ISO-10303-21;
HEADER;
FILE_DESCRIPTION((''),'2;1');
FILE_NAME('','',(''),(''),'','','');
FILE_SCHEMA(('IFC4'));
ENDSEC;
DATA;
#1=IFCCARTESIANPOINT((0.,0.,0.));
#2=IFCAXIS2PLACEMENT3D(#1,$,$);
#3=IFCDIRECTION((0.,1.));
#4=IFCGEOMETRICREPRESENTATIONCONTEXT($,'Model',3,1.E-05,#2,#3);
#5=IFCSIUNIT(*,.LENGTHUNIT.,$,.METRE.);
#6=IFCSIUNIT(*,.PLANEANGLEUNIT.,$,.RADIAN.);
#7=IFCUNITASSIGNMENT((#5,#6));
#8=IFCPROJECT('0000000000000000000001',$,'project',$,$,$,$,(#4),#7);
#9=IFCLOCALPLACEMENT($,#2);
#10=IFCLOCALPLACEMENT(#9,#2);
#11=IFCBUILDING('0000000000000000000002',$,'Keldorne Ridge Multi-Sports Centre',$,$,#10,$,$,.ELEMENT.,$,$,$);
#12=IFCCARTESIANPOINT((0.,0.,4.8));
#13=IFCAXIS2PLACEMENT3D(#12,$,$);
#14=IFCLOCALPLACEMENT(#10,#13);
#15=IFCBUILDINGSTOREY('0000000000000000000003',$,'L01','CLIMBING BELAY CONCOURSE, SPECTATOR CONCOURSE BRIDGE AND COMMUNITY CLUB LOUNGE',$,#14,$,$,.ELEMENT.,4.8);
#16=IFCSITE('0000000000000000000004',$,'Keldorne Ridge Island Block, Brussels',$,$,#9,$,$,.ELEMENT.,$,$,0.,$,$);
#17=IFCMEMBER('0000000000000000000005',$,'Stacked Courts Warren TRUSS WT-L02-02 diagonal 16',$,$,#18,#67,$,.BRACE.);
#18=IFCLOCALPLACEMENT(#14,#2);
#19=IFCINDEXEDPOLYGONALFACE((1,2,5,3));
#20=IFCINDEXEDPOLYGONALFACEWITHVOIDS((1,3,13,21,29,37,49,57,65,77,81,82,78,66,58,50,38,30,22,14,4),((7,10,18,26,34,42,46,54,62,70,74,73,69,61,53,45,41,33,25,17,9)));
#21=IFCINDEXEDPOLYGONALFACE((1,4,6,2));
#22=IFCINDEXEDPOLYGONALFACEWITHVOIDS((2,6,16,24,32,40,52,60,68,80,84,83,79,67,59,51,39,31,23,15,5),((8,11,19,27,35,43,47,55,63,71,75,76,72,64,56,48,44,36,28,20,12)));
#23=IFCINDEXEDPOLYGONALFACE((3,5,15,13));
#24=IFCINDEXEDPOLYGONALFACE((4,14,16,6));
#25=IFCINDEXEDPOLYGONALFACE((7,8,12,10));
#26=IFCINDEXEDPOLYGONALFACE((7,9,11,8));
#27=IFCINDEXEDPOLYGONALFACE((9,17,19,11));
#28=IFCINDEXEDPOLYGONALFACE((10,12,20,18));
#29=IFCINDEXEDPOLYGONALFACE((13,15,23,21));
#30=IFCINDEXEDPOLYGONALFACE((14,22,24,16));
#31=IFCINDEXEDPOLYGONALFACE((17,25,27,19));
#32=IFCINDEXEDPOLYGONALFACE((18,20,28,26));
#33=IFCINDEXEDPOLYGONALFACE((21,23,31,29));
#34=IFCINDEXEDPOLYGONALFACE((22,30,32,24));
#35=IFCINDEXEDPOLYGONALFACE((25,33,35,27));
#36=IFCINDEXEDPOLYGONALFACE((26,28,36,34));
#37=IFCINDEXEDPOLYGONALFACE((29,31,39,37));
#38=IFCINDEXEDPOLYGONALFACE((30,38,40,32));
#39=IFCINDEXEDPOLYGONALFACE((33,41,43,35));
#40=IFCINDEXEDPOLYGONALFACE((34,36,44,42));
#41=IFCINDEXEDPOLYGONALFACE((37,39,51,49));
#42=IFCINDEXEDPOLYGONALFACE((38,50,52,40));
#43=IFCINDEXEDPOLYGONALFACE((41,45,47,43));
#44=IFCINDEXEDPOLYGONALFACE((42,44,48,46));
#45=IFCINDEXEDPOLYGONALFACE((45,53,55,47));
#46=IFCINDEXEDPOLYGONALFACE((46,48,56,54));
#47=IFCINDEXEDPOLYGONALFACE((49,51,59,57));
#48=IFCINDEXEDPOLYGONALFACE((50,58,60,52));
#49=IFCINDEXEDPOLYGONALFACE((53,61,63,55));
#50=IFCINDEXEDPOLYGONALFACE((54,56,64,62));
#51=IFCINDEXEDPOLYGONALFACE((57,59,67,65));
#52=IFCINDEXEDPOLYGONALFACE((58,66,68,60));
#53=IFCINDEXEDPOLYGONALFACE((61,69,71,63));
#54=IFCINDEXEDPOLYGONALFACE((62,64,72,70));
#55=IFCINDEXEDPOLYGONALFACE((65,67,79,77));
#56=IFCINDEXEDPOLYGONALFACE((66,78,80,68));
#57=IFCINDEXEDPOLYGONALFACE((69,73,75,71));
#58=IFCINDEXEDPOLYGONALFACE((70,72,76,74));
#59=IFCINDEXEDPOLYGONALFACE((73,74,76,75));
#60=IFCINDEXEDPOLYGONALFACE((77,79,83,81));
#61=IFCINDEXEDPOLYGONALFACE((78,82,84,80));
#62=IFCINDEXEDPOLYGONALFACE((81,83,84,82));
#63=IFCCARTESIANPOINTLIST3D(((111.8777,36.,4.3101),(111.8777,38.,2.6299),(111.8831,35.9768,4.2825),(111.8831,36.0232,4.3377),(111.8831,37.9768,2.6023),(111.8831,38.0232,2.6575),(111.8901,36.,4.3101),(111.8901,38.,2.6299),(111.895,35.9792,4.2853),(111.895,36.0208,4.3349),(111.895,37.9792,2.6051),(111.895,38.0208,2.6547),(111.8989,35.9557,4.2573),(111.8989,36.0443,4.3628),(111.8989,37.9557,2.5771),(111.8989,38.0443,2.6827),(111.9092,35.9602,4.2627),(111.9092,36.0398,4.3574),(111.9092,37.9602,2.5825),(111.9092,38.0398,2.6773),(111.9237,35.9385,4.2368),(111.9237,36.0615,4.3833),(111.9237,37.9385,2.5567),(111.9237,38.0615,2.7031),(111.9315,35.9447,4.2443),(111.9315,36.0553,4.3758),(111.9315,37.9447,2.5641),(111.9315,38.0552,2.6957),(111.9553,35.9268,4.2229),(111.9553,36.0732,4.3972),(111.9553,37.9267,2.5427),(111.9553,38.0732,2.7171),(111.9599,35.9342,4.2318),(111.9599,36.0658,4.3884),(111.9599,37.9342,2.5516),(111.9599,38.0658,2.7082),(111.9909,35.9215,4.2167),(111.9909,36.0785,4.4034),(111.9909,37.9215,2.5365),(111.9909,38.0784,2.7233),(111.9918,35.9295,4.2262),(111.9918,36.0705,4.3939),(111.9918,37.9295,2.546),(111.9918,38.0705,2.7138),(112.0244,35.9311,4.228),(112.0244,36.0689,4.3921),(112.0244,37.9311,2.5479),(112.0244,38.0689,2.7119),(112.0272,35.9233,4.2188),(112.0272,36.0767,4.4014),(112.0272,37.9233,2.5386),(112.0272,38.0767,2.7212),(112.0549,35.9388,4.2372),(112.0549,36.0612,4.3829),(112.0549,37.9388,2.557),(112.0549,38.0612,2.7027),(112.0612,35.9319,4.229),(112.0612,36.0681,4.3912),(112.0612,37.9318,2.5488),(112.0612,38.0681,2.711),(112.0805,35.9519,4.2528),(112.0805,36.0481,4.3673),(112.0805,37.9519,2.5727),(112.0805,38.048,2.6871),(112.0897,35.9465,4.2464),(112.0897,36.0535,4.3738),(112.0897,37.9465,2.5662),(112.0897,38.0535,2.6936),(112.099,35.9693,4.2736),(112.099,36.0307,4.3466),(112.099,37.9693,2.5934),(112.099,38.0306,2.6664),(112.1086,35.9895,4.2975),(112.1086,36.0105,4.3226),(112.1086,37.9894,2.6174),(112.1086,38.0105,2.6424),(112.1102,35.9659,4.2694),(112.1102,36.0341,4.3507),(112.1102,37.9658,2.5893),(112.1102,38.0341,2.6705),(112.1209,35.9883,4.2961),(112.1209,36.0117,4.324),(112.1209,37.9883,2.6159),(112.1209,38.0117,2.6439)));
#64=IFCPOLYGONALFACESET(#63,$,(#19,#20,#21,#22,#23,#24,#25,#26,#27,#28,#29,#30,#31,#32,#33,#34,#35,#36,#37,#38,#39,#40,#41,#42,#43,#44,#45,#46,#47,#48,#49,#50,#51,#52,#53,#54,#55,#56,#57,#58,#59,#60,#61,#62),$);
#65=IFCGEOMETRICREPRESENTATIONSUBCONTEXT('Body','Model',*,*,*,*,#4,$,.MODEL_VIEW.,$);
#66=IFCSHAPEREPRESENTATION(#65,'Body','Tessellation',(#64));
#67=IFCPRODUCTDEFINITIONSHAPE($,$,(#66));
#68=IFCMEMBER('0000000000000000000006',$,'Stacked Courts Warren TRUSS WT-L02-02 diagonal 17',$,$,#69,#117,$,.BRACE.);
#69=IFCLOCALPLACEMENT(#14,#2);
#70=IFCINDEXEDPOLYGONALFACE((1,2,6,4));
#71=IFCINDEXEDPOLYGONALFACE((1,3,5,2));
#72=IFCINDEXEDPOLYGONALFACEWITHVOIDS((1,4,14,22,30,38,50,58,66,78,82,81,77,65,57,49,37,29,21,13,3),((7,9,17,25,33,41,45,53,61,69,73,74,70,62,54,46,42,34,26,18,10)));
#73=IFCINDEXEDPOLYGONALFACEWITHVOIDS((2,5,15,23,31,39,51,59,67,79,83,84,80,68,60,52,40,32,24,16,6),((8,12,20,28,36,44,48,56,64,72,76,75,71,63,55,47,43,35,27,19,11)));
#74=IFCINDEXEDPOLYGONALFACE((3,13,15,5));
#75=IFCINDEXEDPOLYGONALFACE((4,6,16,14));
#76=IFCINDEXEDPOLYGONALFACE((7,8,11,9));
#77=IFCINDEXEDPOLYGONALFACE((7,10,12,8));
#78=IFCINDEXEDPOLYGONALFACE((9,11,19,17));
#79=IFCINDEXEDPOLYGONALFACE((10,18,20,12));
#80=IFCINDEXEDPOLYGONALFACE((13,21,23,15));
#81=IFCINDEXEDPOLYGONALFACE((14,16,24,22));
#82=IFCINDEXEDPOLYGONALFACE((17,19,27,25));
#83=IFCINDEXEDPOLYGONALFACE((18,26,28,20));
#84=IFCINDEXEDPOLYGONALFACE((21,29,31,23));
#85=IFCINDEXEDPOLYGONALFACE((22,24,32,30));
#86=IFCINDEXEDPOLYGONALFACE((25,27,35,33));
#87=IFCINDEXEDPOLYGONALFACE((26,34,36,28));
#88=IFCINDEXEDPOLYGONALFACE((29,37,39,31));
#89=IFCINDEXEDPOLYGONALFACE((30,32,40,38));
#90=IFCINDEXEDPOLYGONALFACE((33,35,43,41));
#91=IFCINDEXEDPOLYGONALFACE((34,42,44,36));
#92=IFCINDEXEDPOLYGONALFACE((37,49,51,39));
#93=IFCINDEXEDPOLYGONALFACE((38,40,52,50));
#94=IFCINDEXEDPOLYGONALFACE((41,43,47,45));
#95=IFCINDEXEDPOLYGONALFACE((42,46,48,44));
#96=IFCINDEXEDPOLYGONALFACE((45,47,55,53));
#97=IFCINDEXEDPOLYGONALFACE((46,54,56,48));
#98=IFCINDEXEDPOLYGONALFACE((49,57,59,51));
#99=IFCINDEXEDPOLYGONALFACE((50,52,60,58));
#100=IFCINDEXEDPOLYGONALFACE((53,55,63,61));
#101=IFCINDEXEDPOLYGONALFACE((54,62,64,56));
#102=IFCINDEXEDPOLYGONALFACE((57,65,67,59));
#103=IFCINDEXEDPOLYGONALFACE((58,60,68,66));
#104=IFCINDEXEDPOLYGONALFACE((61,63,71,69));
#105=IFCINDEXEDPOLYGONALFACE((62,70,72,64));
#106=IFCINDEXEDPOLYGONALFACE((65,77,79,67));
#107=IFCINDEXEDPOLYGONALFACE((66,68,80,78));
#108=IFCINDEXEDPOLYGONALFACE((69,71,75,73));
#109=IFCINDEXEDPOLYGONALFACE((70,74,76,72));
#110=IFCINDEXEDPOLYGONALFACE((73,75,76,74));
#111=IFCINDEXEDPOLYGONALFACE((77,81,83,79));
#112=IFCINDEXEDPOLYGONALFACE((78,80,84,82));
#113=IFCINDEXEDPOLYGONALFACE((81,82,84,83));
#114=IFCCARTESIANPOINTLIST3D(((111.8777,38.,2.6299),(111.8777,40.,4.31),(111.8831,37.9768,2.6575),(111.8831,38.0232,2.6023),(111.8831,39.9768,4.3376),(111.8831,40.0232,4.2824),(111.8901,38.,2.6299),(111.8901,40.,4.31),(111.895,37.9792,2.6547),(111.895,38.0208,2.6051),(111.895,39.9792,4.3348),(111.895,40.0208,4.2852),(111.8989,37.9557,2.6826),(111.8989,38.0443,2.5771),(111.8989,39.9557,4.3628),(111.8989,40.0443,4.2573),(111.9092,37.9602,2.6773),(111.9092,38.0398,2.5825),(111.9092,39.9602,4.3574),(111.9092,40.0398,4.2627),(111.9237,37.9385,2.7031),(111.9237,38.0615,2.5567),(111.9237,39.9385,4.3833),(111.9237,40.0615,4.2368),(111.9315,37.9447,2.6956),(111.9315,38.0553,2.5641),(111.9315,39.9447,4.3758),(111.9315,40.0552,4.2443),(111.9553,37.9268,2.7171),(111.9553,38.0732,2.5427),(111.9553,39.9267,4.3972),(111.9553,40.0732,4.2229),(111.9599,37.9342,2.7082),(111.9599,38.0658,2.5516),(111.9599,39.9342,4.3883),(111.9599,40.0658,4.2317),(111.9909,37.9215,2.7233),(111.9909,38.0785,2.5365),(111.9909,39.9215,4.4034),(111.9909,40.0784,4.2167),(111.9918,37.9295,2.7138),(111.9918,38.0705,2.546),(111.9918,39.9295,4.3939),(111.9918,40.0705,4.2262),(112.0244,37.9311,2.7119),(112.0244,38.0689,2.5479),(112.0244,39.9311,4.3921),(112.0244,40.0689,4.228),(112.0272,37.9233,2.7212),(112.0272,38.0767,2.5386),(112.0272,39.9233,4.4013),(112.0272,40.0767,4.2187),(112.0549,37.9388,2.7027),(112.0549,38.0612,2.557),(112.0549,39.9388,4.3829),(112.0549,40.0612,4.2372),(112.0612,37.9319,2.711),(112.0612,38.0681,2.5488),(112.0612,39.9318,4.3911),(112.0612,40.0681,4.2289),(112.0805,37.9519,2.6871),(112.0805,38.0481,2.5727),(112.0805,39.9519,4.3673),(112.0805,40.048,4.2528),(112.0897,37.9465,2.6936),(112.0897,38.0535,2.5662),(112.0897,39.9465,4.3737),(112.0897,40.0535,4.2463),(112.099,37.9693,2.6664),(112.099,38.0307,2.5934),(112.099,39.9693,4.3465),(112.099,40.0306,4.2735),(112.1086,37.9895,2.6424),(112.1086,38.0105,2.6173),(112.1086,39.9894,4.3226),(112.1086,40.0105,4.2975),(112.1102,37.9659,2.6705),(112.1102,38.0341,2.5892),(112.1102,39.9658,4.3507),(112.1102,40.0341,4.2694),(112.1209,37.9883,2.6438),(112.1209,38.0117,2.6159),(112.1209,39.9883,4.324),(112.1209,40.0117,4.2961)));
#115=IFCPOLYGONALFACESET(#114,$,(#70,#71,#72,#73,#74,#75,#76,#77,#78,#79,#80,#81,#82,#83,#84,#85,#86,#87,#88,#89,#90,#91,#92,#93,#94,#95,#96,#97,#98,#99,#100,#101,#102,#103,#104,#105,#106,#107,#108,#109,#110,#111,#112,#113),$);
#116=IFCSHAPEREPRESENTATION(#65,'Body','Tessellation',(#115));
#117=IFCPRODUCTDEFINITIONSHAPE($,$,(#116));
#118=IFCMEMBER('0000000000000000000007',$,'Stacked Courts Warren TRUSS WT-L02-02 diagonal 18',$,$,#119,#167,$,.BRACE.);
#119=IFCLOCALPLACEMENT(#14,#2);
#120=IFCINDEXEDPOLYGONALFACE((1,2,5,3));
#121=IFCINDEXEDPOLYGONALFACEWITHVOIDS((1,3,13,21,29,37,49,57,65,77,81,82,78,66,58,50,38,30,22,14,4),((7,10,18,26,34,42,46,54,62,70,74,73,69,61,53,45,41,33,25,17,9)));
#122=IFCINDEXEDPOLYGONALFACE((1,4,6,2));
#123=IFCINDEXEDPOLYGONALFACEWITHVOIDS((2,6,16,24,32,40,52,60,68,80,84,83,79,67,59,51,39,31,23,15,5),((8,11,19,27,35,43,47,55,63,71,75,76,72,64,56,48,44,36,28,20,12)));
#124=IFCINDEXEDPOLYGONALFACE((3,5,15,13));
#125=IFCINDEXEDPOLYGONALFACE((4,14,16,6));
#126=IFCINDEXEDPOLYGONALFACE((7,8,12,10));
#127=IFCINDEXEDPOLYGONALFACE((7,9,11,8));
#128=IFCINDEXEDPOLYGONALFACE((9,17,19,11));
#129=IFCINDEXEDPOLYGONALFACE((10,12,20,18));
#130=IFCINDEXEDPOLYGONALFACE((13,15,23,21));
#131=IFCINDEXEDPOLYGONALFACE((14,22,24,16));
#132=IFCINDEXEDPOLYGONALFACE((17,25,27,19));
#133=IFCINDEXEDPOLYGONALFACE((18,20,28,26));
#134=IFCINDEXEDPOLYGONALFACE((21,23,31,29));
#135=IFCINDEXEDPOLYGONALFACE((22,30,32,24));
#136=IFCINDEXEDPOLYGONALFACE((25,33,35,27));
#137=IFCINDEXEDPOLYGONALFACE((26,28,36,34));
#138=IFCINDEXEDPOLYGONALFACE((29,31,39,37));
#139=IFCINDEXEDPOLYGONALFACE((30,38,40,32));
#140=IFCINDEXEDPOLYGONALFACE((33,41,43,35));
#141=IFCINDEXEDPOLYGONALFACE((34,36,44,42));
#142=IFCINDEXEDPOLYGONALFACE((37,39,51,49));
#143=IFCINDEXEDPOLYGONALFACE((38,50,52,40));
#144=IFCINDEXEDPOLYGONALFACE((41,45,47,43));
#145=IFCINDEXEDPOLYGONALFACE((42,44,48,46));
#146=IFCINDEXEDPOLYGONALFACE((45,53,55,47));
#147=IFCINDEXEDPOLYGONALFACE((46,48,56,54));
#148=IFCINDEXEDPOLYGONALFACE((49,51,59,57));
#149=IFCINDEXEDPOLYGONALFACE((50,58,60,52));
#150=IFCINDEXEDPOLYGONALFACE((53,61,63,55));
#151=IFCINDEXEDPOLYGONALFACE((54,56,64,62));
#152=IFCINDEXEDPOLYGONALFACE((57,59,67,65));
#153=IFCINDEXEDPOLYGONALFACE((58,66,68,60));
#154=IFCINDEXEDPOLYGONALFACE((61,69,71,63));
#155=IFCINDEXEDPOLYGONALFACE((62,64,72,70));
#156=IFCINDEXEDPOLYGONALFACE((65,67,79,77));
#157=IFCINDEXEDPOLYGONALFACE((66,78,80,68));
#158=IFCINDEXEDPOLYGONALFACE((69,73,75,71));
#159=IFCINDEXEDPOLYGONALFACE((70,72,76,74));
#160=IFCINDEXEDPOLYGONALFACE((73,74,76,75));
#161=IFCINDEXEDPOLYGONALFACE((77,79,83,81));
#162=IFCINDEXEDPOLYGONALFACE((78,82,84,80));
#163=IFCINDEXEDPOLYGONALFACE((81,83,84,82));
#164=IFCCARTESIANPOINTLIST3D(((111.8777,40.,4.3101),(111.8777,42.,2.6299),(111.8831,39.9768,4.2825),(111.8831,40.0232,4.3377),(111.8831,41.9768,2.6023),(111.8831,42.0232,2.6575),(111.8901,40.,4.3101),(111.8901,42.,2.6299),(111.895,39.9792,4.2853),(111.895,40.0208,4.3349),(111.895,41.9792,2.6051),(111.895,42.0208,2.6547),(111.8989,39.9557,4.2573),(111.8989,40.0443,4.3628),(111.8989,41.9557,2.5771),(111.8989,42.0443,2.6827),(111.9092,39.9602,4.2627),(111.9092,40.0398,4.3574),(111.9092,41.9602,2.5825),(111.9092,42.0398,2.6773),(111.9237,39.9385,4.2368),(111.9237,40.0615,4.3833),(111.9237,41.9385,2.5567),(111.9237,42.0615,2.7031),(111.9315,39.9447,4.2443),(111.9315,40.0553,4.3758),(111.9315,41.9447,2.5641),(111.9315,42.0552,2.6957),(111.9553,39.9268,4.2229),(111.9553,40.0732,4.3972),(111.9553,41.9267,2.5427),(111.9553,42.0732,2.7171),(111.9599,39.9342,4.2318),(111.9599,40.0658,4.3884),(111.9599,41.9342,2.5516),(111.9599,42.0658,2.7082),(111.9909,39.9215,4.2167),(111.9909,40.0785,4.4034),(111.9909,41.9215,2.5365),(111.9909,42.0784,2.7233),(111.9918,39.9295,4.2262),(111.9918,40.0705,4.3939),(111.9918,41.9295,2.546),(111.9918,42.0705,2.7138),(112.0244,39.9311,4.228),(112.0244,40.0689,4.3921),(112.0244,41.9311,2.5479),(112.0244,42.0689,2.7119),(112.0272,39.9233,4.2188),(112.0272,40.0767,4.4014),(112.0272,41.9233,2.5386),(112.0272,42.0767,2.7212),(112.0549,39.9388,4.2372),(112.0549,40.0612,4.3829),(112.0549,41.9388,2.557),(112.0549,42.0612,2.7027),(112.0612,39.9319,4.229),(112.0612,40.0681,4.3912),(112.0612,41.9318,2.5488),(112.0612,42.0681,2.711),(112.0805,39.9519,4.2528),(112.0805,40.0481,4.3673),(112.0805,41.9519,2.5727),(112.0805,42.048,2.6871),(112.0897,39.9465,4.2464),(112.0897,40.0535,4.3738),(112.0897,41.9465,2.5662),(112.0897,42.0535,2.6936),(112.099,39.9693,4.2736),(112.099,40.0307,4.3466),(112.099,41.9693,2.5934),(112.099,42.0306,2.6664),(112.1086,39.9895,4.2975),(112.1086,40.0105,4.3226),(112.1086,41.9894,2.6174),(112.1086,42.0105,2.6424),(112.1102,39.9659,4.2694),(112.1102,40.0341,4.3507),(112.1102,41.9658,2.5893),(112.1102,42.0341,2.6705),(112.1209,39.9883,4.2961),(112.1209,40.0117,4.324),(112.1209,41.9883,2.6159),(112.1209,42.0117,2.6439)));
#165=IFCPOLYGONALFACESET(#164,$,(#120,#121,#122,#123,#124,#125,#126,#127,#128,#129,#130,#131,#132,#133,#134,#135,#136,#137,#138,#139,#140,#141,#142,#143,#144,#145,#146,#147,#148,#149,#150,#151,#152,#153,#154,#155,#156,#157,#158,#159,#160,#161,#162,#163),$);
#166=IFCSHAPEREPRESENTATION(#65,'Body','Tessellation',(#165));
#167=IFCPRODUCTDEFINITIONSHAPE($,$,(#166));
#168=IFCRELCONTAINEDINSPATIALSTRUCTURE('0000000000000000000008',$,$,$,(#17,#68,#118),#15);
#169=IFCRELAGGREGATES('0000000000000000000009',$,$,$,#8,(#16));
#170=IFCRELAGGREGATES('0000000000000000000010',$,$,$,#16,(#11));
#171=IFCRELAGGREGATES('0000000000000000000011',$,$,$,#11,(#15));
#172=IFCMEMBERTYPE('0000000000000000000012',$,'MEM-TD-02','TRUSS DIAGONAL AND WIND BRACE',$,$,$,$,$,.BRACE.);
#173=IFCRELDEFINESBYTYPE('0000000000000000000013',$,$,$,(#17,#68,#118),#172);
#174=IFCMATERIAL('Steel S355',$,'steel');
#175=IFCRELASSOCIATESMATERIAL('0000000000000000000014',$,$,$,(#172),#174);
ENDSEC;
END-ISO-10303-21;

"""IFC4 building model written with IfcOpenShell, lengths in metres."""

from ifc_helpers import new_model, si_unit, direction, frame, origin, origin_2d, place, context, subcontext, project, spatial, hollow_circle, extrude, material, material_profile, profile_set, type_object, element, save


model = new_model("IFC4")

# Units and contexts
model_context = context("Model", 3, precision=1e-05, world=origin(), true_north=direction((0.0, 1.0)))
body_context = subcontext(model_context, "Body", "Model", "MODEL_VIEW")
ifc_project = project(units=[si_unit("LENGTHUNIT", "METRE"), si_unit("PLANEANGLEUNIT", "RADIAN")], contexts=[model_context])

# Site, building, storey
site_placement = place(None, origin())
site = spatial("IfcSite", under=ifc_project, at=site_placement, Name="Keldorne Ridge Island Block, Brussels", CompositionType="ELEMENT", RefElevation=0.0)
building_placement = place(site_placement, origin())
building = spatial("IfcBuilding", under=site, at=building_placement, Name="Keldorne Ridge Multi-Sports Centre", CompositionType="ELEMENT")
storey_placement = place(building_placement, frame((0.0, 0.0, 4.8)))
storey = spatial("IfcBuildingStorey", under=building, at=storey_placement, Name="L01", Description="CLIMBING BELAY CONCOURSE, SPECTATOR CONCOURSE BRIDGE AND COMMUNITY CLUB LOUNGE", CompositionType="ELEMENT", Elevation=4.8)

# Shared definitions
ifc_material_1 = material(Name="Steel S355", Category="steel")

# Members
ifc_material_profile_1 = material_profile(ifc_material_1, hollow_circle(Radius=0.1223, WallThickness=0.0125, at=origin_2d()), Name="CHS 244.5x12.5")
ifc_profile_set_1 = profile_set([ifc_material_profile_1], Name="Steel S355")
member_type_1 = type_object("IfcMemberType", Name="MEM-TD-02", Description="TRUSS DIAGONAL AND WIND BRACE", PredefinedType="BRACE", material=ifc_profile_set_1)
for number, where, z_axis, x_axis, name in (
    (1, (112.0, 36.0, 4.3101), (0.0, 0.765672, -0.643232), (-1.0, 0.0, 0.0), "Stacked Courts Warren TRUSS WT-L02-02 diagonal 16"),
    (2, (112.0, 38.0, 2.6299), (0.0, 0.765672, 0.643232), (-1.0, 0.0, 0.0), "Stacked Courts Warren TRUSS WT-L02-02 diagonal 17"),
    (3, (112.0, 40.0, 4.3101), (0.0, 0.765672, -0.643232), (-1.0, 0.0, 0.0), "Stacked Courts Warren TRUSS WT-L02-02 diagonal 18"),
):
    element("IfcMember", number, at=place(storey_placement, frame(where, z_axis=z_axis, x_axis=x_axis)), inside=storey, type_object=member_type_1, Name=name, PredefinedType="BRACE", context=body_context, shape_type="SweptSolid", body=[
        extrude(hollow_circle(Radius=0.1223, WallThickness=0.0125, at=origin_2d()), origin(), (0.0, 0.0, 1.0), 2.6121),
    ])

save(model, "model.ifc")
